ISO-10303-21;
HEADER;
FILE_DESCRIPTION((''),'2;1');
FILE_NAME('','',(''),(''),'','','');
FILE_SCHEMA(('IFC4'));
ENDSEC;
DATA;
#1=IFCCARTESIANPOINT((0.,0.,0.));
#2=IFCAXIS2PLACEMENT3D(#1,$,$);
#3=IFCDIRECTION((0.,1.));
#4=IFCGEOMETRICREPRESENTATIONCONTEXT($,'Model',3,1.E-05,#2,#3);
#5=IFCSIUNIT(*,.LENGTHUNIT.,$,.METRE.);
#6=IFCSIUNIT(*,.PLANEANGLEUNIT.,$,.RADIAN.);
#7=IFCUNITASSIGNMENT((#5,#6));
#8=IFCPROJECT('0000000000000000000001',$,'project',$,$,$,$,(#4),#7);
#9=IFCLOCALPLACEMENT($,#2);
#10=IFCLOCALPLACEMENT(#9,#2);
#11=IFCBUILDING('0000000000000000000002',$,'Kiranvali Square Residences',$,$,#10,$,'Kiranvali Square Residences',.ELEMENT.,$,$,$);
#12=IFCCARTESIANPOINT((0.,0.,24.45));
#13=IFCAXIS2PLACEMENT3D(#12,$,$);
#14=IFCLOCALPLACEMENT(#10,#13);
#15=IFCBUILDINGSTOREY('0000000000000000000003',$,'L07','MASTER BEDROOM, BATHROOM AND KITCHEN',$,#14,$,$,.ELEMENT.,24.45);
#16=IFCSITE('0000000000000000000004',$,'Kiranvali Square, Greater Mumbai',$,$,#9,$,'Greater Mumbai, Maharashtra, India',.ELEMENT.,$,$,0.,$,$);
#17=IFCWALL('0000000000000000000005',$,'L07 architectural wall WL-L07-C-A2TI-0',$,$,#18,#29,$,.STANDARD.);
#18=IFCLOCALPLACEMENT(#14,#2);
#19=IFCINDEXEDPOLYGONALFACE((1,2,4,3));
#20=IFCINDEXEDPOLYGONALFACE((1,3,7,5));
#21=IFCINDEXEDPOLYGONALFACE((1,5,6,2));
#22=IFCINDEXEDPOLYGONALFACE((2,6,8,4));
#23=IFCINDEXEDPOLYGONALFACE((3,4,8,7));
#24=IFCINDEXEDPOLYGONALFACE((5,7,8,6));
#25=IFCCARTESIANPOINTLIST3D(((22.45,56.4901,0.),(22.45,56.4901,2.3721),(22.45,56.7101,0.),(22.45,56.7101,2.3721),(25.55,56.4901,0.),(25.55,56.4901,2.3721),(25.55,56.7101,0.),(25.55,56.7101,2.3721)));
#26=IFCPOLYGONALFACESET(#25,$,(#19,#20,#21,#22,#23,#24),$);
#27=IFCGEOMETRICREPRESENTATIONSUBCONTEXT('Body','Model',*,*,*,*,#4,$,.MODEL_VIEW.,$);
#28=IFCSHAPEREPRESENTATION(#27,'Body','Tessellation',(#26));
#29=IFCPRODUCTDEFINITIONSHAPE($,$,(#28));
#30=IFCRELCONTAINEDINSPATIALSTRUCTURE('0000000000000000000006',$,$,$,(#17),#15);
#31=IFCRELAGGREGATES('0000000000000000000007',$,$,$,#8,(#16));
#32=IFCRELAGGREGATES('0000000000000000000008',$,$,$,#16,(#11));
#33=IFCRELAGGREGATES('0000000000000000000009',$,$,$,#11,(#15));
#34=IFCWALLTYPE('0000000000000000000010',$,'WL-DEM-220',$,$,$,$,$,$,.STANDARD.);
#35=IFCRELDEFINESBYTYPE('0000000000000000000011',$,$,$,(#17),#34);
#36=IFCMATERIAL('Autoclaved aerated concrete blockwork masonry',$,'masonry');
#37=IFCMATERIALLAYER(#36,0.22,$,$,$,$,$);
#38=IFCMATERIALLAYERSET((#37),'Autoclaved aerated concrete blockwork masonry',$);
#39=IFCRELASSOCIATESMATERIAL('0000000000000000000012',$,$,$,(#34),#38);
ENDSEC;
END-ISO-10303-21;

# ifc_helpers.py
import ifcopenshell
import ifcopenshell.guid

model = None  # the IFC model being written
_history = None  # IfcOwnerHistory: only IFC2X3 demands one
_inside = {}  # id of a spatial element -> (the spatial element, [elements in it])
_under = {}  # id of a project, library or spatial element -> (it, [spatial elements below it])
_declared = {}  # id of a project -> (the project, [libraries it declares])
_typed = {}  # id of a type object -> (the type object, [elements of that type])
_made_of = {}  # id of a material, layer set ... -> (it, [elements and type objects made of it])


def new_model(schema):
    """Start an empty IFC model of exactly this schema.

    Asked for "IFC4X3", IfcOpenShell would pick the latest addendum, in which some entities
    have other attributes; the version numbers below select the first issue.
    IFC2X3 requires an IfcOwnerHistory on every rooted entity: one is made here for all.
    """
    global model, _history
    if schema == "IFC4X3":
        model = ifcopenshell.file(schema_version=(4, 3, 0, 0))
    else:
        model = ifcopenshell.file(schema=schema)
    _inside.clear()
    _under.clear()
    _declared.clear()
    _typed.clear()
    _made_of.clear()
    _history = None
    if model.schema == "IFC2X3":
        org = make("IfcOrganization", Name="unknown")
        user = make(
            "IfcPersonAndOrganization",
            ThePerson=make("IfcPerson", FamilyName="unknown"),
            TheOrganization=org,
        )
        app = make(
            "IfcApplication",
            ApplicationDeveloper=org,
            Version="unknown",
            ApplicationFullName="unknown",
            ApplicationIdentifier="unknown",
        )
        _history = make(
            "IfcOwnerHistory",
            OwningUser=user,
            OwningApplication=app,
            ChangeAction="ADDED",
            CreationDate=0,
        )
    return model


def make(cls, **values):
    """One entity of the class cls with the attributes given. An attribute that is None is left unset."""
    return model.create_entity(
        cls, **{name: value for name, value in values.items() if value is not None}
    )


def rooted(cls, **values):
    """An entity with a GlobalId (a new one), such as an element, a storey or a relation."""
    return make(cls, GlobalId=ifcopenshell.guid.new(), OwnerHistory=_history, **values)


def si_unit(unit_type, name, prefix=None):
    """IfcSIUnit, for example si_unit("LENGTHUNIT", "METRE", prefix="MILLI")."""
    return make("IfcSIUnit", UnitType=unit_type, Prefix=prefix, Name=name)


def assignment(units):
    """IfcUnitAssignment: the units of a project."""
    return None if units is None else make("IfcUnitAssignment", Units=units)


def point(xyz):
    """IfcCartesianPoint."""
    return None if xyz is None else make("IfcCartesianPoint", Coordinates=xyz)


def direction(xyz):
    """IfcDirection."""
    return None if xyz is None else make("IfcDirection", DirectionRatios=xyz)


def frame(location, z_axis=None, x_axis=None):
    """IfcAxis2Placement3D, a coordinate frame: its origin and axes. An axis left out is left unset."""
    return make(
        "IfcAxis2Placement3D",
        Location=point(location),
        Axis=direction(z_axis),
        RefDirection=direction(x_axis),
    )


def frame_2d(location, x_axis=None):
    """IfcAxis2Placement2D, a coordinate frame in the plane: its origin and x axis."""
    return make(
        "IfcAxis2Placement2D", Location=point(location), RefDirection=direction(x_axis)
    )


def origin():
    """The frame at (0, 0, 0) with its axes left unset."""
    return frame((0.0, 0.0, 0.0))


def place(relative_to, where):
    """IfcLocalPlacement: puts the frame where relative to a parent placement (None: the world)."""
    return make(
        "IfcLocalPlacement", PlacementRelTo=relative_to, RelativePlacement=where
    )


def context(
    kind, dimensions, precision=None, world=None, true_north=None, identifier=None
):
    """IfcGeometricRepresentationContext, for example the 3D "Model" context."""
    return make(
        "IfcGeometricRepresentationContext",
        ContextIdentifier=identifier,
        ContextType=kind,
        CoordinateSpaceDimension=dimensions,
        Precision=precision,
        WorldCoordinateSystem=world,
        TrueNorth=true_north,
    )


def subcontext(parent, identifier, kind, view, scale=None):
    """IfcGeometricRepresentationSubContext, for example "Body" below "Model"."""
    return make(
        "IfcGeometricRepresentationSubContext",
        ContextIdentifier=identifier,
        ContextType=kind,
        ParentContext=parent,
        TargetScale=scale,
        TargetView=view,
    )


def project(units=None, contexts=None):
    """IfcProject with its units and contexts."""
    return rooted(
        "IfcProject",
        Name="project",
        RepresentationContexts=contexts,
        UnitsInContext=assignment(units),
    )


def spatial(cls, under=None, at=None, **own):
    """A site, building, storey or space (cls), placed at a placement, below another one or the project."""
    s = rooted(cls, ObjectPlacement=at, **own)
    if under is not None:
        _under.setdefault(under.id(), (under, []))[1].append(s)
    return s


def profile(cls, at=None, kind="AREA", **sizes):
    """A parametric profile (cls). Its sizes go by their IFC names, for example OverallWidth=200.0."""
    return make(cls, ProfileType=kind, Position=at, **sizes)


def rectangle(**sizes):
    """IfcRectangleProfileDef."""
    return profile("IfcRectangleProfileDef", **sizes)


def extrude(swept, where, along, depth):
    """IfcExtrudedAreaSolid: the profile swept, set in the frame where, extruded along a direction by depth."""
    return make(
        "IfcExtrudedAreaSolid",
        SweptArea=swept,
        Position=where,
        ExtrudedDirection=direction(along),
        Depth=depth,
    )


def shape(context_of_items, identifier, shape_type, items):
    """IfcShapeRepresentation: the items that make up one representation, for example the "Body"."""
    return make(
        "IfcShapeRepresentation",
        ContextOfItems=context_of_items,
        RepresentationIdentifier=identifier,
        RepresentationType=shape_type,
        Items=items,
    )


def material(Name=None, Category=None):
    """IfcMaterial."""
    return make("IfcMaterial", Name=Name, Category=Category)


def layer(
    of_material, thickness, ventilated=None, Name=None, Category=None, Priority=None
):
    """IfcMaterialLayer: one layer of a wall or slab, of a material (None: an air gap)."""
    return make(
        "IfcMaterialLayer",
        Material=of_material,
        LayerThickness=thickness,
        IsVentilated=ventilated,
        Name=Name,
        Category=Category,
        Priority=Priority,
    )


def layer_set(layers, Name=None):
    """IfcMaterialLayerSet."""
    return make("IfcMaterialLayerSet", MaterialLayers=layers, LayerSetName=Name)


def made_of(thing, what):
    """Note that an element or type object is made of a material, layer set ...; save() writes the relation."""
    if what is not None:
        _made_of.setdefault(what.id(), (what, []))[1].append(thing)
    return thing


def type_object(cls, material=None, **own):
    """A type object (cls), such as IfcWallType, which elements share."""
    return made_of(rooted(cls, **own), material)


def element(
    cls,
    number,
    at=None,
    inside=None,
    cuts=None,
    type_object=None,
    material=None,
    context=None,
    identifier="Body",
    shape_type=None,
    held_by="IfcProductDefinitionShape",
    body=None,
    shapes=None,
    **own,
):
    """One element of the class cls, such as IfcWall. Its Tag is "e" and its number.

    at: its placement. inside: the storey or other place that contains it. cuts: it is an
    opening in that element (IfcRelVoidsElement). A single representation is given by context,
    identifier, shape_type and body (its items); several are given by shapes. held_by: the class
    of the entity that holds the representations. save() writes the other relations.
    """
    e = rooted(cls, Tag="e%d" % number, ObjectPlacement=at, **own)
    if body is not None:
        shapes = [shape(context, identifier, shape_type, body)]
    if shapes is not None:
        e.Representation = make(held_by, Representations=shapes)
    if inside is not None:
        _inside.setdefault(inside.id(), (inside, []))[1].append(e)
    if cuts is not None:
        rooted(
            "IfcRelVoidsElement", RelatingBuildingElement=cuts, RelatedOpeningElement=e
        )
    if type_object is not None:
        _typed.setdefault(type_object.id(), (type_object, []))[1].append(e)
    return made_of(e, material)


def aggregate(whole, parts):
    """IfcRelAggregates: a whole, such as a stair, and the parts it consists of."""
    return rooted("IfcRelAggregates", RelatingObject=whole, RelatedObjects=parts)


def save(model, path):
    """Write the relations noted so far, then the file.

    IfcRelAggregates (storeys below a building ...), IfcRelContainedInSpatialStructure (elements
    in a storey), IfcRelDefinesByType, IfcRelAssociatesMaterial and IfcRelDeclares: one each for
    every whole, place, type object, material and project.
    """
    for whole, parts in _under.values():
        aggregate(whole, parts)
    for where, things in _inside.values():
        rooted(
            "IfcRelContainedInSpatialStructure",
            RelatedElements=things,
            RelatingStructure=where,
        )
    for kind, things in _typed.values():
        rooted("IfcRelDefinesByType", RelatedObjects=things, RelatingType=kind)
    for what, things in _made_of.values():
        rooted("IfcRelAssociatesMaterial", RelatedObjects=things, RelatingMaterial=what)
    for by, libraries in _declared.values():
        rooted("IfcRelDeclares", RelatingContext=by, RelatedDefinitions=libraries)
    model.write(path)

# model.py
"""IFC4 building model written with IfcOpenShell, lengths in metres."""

from ifc_helpers import new_model, si_unit, direction, frame, frame_2d, origin, place, context, subcontext, project, spatial, rectangle, extrude, material, layer, layer_set, type_object, element, save


model = new_model("IFC4")

# Units and contexts
model_context = context("Model", 3, precision=1e-05, world=origin(), true_north=direction((0.0, 1.0)))
body_context = subcontext(model_context, "Body", "Model", "MODEL_VIEW")
ifc_project = project(units=[si_unit("LENGTHUNIT", "METRE"), si_unit("PLANEANGLEUNIT", "RADIAN")], contexts=[model_context])

# Site, building, storey
site_placement = place(None, origin())
site = spatial("IfcSite", under=ifc_project, at=site_placement, Name="Kiranvali Square, Greater Mumbai", LongName="Greater Mumbai, Maharashtra, India", CompositionType="ELEMENT", RefElevation=0.0)
building_placement = place(site_placement, origin())
building = spatial("IfcBuilding", under=site, at=building_placement, Name="Kiranvali Square Residences", LongName="Kiranvali Square Residences", CompositionType="ELEMENT")
storey_placement = place(building_placement, frame((0.0, 0.0, 24.45)))
storey = spatial("IfcBuildingStorey", under=building, at=storey_placement, Name="L07", Description="MASTER BEDROOM, BATHROOM AND KITCHEN", CompositionType="ELEMENT", Elevation=24.45)

# Shared definitions
ifc_material_1 = material(Name="Autoclaved aerated concrete blockwork masonry", Category="masonry")

# Wall
ifc_layer_1 = layer(ifc_material_1, 0.22)
ifc_layer_set_1 = layer_set([ifc_layer_1], Name="Autoclaved aerated concrete blockwork masonry")
wall_type_1 = type_object("IfcWallType", Name="WL-DEM-220", PredefinedType="STANDARD", material=ifc_layer_set_1)
wall_1_placement = place(storey_placement, frame((25.55, 56.6001, 0.0), z_axis=(0.0, 0.0, 1.0), x_axis=(-1.0, 0.0, 0.0)))
element("IfcWall", 1, at=wall_1_placement, inside=storey, type_object=wall_type_1, Name="L07 architectural wall WL-L07-C-A2TI-0", PredefinedType="STANDARD", context=body_context, shape_type="SweptSolid", body=[
    extrude(rectangle(XDim=3.1001, YDim=0.22, at=frame_2d((1.55, 0.0))), origin(), (0.0, 0.0, 1.0), 2.3721),
])

save(model, "model.ifc")
